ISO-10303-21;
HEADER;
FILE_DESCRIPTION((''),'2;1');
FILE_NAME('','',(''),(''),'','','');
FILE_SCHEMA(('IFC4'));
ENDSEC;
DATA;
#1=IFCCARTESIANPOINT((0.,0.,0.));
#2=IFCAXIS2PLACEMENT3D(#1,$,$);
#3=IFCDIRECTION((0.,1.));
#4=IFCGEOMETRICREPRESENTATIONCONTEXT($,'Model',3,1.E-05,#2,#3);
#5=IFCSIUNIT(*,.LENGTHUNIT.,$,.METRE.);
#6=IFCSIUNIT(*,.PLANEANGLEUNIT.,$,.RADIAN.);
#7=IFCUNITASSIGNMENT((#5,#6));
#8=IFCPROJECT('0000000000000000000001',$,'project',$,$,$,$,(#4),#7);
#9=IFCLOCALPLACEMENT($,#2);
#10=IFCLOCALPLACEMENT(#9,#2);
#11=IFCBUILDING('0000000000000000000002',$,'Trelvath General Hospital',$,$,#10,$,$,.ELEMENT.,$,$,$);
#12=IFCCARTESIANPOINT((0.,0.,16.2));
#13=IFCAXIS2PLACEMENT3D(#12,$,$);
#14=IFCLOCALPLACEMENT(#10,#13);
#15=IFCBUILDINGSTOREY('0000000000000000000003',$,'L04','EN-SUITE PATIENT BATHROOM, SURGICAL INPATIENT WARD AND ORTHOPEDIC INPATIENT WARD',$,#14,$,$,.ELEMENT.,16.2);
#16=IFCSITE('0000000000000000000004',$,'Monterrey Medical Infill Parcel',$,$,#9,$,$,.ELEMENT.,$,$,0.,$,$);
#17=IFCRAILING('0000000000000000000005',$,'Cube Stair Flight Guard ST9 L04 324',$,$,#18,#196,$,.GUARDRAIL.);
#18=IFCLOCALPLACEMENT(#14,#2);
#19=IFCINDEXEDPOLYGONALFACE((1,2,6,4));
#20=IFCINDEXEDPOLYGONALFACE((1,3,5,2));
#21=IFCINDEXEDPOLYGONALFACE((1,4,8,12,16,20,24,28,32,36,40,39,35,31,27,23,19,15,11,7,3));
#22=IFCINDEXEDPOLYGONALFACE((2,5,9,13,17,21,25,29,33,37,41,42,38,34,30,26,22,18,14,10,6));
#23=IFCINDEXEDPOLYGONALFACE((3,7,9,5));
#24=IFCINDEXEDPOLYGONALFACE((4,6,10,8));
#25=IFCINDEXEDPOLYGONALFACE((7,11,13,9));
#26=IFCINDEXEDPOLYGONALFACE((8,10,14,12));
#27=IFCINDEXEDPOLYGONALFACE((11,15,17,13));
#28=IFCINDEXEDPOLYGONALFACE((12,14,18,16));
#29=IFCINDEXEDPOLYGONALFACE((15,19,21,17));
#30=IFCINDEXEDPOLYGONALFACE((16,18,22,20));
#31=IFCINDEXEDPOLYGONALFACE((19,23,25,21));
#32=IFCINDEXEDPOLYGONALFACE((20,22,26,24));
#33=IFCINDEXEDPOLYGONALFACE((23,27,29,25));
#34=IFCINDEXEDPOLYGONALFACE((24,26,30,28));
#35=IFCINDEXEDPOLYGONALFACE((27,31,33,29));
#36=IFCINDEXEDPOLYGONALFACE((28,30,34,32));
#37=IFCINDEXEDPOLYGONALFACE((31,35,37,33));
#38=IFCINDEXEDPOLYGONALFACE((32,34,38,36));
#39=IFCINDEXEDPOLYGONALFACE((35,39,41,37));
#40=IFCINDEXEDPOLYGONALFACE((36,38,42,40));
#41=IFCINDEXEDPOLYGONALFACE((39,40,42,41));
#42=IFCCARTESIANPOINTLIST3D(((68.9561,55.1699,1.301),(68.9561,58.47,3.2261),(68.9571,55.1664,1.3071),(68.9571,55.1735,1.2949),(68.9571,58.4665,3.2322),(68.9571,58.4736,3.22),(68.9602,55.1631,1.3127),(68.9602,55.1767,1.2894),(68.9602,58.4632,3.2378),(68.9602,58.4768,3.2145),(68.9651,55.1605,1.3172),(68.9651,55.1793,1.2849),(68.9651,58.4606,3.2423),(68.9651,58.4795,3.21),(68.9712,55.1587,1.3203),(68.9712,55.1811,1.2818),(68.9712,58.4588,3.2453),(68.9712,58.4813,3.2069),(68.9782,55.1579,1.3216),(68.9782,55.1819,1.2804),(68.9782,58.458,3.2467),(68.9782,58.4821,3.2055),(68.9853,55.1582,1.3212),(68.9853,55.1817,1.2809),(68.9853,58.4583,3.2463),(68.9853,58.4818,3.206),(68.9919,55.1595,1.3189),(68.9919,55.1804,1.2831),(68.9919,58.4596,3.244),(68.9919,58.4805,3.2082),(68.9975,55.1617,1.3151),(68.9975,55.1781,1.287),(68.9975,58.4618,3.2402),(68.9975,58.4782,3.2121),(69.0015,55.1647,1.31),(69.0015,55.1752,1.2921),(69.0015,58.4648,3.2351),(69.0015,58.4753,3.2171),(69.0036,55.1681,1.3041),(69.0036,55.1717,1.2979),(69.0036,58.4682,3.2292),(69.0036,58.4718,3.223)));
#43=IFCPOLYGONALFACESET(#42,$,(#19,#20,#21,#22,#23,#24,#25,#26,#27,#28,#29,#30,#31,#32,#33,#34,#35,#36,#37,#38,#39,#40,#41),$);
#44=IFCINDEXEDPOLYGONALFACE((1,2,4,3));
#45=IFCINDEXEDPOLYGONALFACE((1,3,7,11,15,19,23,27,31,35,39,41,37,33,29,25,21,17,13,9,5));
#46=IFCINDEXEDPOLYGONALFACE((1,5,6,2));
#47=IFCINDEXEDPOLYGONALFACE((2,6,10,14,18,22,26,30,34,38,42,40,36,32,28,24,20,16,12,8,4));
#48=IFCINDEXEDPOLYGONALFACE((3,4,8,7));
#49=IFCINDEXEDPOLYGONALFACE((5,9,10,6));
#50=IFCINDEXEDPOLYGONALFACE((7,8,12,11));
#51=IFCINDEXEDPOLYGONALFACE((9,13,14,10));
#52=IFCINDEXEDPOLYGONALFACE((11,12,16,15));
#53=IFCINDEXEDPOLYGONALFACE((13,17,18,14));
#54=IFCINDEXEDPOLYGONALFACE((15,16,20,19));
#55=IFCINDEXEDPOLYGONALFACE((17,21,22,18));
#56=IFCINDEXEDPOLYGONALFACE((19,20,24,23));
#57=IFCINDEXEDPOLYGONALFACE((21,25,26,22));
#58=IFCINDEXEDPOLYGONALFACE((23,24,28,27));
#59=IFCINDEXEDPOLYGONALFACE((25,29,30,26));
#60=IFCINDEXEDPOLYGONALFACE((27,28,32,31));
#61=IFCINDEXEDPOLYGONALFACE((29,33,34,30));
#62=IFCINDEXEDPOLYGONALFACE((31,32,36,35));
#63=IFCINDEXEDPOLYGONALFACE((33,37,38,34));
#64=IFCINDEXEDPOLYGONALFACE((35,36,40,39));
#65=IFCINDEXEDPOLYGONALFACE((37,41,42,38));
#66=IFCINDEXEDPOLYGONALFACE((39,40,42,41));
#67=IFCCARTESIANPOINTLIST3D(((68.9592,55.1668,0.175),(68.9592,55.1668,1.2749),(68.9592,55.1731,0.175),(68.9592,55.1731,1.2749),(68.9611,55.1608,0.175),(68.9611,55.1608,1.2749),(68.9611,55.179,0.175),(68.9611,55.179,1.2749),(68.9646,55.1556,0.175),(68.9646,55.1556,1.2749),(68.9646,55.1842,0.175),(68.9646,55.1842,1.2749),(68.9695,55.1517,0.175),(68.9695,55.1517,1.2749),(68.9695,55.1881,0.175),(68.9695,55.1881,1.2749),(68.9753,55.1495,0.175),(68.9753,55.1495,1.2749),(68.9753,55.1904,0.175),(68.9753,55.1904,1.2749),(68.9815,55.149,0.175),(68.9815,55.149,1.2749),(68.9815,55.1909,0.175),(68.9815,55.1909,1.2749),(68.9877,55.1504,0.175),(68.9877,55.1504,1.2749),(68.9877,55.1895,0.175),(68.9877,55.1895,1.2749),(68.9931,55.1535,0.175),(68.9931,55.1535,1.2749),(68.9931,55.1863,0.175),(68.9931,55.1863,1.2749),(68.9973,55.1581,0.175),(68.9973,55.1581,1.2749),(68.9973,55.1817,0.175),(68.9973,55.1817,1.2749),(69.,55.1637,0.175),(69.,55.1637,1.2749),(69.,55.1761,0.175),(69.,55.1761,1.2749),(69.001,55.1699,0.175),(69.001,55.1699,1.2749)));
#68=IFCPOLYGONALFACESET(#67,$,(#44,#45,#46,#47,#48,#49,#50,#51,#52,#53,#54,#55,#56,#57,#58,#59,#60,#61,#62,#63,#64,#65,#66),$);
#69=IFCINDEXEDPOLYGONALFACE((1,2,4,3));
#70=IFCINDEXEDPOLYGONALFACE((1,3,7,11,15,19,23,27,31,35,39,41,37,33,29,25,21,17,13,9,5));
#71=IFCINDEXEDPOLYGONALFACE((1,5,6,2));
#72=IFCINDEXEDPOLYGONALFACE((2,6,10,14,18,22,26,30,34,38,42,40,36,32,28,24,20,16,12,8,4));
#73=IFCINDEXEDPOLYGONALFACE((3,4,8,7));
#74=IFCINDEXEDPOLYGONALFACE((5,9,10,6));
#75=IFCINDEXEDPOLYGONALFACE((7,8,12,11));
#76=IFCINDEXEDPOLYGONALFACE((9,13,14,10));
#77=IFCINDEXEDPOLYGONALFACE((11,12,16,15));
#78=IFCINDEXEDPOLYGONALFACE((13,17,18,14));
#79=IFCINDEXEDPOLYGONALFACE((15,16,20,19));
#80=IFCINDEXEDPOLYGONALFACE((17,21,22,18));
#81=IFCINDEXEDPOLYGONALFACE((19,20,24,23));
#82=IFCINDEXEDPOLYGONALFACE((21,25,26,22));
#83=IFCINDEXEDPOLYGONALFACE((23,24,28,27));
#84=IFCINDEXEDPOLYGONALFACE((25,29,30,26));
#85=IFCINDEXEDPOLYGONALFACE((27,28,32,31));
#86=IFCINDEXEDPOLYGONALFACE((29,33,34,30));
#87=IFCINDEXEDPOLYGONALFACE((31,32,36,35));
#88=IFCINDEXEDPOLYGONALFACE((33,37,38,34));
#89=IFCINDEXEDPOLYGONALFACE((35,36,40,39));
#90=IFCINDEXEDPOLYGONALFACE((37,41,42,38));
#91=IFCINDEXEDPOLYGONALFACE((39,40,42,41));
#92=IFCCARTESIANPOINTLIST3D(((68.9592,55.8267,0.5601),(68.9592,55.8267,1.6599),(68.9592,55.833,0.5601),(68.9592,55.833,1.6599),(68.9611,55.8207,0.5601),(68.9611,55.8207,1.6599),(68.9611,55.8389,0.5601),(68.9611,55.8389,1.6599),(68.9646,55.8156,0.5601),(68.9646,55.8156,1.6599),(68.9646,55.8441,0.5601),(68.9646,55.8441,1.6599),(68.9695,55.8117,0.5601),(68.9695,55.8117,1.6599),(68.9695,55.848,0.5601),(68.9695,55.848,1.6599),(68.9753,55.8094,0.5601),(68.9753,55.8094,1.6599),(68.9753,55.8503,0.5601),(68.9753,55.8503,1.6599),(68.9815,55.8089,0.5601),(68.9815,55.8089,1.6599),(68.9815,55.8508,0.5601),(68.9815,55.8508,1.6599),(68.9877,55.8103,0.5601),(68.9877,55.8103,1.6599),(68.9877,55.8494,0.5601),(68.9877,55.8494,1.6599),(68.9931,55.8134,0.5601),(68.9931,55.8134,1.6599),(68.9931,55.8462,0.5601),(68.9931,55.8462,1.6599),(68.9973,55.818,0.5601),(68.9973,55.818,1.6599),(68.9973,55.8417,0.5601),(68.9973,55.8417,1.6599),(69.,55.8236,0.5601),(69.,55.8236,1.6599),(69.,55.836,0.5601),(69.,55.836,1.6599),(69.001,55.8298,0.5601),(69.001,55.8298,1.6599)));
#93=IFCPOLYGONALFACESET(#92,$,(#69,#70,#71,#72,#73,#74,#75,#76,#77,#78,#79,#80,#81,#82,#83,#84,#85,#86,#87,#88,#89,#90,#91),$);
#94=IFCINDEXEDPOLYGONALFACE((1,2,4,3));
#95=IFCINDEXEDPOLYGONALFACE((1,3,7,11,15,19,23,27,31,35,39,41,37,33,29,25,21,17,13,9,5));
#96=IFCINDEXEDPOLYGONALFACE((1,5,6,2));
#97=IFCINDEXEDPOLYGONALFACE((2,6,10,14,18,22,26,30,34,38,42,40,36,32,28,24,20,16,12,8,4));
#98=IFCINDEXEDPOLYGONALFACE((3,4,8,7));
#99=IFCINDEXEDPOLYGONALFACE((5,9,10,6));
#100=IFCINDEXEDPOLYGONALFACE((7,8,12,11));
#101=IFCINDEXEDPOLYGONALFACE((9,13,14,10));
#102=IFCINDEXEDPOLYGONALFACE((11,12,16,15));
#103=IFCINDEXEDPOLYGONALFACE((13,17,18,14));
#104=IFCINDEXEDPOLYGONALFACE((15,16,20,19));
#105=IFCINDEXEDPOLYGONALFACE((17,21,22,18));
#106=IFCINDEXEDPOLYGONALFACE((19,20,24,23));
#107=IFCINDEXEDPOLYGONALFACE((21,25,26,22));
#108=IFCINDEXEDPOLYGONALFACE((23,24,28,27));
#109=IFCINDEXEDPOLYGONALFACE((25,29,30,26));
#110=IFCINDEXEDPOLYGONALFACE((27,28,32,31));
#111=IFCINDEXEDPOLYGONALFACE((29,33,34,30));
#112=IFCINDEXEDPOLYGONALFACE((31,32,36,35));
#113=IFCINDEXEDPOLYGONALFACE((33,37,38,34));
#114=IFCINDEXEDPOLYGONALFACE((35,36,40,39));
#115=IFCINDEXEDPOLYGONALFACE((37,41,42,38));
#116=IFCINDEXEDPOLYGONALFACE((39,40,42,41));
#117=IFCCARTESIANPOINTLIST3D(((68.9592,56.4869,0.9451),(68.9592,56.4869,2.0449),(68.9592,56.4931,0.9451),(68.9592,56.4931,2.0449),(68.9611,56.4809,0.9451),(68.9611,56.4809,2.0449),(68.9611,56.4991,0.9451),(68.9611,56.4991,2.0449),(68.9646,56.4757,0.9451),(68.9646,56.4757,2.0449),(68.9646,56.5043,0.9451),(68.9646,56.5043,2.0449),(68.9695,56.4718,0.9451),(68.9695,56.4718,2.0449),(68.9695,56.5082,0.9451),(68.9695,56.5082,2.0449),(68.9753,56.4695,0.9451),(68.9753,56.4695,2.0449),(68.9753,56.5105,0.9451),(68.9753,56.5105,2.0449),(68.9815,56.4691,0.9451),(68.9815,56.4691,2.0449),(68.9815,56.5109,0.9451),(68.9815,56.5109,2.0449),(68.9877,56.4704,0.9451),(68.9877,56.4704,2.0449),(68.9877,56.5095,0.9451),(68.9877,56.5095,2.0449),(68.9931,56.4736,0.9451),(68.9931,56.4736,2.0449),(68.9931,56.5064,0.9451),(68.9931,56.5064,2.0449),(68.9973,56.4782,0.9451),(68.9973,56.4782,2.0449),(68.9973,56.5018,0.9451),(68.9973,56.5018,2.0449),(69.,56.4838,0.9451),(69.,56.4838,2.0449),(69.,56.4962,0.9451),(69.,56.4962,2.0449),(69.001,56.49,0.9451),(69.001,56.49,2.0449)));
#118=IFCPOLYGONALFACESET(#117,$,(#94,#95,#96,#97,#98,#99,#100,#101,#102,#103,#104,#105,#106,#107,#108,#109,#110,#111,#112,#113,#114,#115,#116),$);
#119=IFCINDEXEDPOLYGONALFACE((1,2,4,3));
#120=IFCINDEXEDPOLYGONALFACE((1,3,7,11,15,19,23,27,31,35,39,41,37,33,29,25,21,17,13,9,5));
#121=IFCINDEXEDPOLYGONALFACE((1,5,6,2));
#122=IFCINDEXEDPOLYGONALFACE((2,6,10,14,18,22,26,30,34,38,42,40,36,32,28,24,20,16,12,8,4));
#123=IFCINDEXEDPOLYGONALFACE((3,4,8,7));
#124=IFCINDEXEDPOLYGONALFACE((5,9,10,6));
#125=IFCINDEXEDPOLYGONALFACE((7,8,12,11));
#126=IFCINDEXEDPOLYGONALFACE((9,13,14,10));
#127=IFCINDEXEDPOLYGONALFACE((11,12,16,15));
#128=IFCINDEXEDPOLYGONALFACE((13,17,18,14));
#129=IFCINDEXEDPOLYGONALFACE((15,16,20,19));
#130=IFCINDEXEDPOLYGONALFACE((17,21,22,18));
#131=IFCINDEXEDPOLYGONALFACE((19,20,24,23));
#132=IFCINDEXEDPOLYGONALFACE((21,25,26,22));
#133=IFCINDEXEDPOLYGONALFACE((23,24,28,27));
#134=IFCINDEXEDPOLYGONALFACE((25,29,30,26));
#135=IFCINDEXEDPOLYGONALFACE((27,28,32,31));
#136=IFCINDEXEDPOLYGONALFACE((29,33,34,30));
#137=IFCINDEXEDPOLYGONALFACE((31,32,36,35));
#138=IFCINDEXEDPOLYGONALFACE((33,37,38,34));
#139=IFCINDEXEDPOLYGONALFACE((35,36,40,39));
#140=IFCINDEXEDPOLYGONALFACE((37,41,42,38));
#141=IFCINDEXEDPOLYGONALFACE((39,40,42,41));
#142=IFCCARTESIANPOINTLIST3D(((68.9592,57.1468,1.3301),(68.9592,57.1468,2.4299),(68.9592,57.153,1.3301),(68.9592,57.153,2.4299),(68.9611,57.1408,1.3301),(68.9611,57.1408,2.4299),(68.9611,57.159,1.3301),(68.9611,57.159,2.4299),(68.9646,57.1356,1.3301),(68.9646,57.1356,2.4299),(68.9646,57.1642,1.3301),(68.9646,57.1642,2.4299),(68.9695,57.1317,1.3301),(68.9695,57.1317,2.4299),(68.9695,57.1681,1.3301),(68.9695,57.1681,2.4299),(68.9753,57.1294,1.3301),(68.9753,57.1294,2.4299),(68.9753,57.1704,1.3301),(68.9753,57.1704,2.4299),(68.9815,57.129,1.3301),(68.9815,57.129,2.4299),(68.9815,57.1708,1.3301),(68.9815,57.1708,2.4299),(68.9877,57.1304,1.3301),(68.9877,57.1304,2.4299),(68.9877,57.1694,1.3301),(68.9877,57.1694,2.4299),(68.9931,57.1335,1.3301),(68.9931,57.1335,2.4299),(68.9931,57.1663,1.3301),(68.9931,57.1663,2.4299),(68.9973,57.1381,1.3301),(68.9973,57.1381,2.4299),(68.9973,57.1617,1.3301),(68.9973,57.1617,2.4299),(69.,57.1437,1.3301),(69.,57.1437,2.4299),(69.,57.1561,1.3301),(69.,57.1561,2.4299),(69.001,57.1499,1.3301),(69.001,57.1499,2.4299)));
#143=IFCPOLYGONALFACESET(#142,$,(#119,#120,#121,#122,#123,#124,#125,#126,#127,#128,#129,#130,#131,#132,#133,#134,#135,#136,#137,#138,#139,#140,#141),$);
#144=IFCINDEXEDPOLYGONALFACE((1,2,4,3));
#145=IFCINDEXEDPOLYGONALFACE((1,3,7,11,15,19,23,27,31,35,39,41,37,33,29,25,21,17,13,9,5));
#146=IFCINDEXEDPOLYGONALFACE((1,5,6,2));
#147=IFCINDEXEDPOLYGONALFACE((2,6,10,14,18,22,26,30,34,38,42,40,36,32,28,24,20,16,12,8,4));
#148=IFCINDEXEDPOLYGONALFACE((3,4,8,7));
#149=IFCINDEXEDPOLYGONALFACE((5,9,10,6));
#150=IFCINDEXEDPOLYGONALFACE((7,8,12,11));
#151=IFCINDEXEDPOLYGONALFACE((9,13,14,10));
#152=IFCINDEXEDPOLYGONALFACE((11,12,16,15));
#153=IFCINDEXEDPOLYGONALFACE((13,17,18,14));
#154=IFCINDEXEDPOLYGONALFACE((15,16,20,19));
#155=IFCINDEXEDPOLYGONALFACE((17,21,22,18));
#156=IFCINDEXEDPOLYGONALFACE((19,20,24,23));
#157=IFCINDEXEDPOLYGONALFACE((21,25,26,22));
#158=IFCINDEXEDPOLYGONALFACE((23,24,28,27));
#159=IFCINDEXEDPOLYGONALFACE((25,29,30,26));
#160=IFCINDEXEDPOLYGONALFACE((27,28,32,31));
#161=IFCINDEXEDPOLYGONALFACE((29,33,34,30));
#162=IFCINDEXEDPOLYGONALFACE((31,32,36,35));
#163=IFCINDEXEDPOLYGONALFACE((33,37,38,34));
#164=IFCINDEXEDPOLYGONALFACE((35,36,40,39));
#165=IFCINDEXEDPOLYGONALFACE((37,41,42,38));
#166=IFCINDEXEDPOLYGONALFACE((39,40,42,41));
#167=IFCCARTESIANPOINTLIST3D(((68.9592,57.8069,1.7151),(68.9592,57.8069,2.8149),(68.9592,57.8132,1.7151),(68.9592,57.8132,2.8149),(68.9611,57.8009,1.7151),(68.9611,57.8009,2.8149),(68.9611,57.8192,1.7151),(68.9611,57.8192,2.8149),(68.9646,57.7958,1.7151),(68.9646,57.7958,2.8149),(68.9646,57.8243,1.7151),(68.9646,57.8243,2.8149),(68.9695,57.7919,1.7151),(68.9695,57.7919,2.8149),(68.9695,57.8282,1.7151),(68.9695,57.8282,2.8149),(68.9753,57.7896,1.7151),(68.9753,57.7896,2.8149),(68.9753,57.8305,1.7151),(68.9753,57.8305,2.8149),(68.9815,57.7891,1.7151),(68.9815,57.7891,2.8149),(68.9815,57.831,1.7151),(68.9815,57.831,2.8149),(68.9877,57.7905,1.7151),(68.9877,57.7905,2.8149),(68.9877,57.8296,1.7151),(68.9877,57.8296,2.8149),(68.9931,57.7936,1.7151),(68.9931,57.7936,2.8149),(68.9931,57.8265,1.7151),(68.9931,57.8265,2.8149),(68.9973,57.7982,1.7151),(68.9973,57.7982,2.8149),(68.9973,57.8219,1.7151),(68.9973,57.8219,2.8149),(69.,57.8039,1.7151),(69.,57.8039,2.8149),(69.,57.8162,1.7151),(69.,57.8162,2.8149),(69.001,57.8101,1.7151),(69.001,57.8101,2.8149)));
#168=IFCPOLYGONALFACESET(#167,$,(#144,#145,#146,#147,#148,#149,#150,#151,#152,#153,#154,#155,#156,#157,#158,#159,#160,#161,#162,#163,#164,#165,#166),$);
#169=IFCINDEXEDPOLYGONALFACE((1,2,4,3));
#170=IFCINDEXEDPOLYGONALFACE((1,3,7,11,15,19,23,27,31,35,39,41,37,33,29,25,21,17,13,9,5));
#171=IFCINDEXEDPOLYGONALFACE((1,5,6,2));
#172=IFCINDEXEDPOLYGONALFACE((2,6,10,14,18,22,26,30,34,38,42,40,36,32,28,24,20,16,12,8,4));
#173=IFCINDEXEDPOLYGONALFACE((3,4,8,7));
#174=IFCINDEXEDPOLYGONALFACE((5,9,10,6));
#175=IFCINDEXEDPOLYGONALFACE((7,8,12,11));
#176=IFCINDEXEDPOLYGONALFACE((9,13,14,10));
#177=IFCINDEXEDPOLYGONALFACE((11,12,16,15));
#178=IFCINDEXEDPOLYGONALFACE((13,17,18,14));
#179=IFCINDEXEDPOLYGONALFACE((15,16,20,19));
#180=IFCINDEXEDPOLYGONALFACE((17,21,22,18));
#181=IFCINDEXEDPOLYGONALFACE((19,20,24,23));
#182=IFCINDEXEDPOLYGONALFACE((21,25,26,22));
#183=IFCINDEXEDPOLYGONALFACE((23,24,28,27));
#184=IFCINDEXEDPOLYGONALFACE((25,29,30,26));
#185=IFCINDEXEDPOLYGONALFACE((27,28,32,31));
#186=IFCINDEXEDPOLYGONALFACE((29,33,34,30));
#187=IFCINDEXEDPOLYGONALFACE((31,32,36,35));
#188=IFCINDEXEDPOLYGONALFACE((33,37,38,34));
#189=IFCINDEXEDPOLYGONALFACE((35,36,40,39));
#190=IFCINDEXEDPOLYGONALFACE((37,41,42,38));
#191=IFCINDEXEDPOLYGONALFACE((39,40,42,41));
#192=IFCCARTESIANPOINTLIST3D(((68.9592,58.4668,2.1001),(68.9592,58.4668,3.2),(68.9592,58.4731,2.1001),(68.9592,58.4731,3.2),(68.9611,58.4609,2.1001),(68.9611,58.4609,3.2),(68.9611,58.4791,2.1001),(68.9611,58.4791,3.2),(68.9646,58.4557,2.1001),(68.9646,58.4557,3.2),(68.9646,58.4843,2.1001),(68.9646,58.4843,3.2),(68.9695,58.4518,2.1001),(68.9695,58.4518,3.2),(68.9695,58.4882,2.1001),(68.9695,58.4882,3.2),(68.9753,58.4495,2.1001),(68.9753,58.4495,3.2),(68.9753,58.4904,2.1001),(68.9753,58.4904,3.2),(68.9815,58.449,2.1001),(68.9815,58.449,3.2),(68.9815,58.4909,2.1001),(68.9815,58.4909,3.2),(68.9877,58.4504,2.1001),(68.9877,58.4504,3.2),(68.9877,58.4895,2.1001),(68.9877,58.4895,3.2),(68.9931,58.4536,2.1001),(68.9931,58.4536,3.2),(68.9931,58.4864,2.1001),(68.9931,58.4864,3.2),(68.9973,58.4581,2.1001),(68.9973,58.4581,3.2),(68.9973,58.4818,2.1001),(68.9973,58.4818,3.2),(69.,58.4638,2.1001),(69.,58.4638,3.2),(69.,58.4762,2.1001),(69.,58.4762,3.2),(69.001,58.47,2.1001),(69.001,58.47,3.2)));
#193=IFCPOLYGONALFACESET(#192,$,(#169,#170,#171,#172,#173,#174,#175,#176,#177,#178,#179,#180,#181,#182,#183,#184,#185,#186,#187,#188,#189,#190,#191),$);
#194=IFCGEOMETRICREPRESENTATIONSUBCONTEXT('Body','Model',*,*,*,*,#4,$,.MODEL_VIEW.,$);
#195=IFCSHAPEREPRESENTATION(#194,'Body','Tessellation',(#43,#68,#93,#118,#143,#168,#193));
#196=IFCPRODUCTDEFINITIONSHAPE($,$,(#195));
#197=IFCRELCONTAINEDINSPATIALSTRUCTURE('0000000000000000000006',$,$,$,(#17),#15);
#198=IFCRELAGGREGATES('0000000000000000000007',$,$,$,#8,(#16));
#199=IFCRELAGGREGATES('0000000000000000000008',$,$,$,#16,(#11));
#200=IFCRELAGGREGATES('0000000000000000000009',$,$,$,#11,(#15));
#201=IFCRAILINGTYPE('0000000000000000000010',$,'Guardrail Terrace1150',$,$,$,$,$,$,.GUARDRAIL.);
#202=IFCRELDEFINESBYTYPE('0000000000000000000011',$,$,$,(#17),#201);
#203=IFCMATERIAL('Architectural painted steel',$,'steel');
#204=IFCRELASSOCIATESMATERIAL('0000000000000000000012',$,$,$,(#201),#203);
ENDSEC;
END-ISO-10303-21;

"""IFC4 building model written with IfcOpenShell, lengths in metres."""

from ifc_helpers import new_model, si_unit, direction, frame, origin, origin_2d, place, context, subcontext, project, spatial, circle, extrude, material, type_object, element, save


model = new_model("IFC4")

# Units and contexts
model_context = context("Model", 3, precision=1e-05, world=origin(), true_north=direction((0.0, 1.0)))
body_context = subcontext(model_context, "Body", "Model", "MODEL_VIEW")
ifc_project = project(units=[si_unit("LENGTHUNIT", "METRE"), si_unit("PLANEANGLEUNIT", "RADIAN")], contexts=[model_context])

# Site, building, storey
site_placement = place(None, origin())
site = spatial("IfcSite", under=ifc_project, at=site_placement, Name="Monterrey Medical Infill Parcel", CompositionType="ELEMENT", RefElevation=0.0)
building_placement = place(site_placement, origin())
building = spatial("IfcBuilding", under=site, at=building_placement, Name="Trelvath General Hospital", CompositionType="ELEMENT")
storey_placement = place(building_placement, frame((0.0, 0.0, 16.2)))
storey = spatial("IfcBuildingStorey", under=building, at=storey_placement, Name="L04", Description="EN-SUITE PATIENT BATHROOM, SURGICAL INPATIENT WARD AND ORTHOPEDIC INPATIENT WARD", CompositionType="ELEMENT", Elevation=16.2)

# Railing
ifc_material_1 = material(Name="Architectural painted steel", Category="steel")
railing_type = type_object("IfcRailingType", Name="Guardrail Terrace1150", PredefinedType="GUARDRAIL", material=ifc_material_1)
for number, where, name in (
    (1, (68.98, 55.1699, 0.175), "Cube Stair Flight Guard ST9 L04 324"),
):
    element("IfcRailing", number, at=place(storey_placement, frame(where)), inside=storey, type_object=railing_type, Name=name, PredefinedType="GUARDRAIL", context=body_context, shape_type="SweptSolid", body=[
        extrude(circle(Radius=0.0239, at=origin_2d()), frame((0.0, 0.0, 1.126), z_axis=(0.0, 0.863777, 0.503875), x_axis=(-1.0, 0.0, 0.0)), (0.0, 0.0, 1.0), 3.8206),
        extrude(circle(Radius=0.021, at=origin_2d()), origin(), (0.0, 0.0, 1.0), 1.0999),
        extrude(circle(Radius=0.021, at=origin_2d()), frame((0.0, 0.6599, 0.385)), (0.0, 0.0, 1.0), 1.0999),
        extrude(circle(Radius=0.021, at=origin_2d()), frame((0.0, 1.3201, 0.77)), (0.0, 0.0, 1.0), 1.0999),
        extrude(circle(Radius=0.021, at=origin_2d()), frame((0.0, 1.98, 1.155)), (0.0, 0.0, 1.0), 1.0999),
        extrude(circle(Radius=0.021, at=origin_2d()), frame((0.0, 2.6401, 1.54)), (0.0, 0.0, 1.0), 1.0999),
        extrude(circle(Radius=0.021, at=origin_2d()), frame((0.0, 3.3, 1.925)), (0.0, 0.0, 1.0), 1.0999),
    ])

save(model, "model.ifc")
